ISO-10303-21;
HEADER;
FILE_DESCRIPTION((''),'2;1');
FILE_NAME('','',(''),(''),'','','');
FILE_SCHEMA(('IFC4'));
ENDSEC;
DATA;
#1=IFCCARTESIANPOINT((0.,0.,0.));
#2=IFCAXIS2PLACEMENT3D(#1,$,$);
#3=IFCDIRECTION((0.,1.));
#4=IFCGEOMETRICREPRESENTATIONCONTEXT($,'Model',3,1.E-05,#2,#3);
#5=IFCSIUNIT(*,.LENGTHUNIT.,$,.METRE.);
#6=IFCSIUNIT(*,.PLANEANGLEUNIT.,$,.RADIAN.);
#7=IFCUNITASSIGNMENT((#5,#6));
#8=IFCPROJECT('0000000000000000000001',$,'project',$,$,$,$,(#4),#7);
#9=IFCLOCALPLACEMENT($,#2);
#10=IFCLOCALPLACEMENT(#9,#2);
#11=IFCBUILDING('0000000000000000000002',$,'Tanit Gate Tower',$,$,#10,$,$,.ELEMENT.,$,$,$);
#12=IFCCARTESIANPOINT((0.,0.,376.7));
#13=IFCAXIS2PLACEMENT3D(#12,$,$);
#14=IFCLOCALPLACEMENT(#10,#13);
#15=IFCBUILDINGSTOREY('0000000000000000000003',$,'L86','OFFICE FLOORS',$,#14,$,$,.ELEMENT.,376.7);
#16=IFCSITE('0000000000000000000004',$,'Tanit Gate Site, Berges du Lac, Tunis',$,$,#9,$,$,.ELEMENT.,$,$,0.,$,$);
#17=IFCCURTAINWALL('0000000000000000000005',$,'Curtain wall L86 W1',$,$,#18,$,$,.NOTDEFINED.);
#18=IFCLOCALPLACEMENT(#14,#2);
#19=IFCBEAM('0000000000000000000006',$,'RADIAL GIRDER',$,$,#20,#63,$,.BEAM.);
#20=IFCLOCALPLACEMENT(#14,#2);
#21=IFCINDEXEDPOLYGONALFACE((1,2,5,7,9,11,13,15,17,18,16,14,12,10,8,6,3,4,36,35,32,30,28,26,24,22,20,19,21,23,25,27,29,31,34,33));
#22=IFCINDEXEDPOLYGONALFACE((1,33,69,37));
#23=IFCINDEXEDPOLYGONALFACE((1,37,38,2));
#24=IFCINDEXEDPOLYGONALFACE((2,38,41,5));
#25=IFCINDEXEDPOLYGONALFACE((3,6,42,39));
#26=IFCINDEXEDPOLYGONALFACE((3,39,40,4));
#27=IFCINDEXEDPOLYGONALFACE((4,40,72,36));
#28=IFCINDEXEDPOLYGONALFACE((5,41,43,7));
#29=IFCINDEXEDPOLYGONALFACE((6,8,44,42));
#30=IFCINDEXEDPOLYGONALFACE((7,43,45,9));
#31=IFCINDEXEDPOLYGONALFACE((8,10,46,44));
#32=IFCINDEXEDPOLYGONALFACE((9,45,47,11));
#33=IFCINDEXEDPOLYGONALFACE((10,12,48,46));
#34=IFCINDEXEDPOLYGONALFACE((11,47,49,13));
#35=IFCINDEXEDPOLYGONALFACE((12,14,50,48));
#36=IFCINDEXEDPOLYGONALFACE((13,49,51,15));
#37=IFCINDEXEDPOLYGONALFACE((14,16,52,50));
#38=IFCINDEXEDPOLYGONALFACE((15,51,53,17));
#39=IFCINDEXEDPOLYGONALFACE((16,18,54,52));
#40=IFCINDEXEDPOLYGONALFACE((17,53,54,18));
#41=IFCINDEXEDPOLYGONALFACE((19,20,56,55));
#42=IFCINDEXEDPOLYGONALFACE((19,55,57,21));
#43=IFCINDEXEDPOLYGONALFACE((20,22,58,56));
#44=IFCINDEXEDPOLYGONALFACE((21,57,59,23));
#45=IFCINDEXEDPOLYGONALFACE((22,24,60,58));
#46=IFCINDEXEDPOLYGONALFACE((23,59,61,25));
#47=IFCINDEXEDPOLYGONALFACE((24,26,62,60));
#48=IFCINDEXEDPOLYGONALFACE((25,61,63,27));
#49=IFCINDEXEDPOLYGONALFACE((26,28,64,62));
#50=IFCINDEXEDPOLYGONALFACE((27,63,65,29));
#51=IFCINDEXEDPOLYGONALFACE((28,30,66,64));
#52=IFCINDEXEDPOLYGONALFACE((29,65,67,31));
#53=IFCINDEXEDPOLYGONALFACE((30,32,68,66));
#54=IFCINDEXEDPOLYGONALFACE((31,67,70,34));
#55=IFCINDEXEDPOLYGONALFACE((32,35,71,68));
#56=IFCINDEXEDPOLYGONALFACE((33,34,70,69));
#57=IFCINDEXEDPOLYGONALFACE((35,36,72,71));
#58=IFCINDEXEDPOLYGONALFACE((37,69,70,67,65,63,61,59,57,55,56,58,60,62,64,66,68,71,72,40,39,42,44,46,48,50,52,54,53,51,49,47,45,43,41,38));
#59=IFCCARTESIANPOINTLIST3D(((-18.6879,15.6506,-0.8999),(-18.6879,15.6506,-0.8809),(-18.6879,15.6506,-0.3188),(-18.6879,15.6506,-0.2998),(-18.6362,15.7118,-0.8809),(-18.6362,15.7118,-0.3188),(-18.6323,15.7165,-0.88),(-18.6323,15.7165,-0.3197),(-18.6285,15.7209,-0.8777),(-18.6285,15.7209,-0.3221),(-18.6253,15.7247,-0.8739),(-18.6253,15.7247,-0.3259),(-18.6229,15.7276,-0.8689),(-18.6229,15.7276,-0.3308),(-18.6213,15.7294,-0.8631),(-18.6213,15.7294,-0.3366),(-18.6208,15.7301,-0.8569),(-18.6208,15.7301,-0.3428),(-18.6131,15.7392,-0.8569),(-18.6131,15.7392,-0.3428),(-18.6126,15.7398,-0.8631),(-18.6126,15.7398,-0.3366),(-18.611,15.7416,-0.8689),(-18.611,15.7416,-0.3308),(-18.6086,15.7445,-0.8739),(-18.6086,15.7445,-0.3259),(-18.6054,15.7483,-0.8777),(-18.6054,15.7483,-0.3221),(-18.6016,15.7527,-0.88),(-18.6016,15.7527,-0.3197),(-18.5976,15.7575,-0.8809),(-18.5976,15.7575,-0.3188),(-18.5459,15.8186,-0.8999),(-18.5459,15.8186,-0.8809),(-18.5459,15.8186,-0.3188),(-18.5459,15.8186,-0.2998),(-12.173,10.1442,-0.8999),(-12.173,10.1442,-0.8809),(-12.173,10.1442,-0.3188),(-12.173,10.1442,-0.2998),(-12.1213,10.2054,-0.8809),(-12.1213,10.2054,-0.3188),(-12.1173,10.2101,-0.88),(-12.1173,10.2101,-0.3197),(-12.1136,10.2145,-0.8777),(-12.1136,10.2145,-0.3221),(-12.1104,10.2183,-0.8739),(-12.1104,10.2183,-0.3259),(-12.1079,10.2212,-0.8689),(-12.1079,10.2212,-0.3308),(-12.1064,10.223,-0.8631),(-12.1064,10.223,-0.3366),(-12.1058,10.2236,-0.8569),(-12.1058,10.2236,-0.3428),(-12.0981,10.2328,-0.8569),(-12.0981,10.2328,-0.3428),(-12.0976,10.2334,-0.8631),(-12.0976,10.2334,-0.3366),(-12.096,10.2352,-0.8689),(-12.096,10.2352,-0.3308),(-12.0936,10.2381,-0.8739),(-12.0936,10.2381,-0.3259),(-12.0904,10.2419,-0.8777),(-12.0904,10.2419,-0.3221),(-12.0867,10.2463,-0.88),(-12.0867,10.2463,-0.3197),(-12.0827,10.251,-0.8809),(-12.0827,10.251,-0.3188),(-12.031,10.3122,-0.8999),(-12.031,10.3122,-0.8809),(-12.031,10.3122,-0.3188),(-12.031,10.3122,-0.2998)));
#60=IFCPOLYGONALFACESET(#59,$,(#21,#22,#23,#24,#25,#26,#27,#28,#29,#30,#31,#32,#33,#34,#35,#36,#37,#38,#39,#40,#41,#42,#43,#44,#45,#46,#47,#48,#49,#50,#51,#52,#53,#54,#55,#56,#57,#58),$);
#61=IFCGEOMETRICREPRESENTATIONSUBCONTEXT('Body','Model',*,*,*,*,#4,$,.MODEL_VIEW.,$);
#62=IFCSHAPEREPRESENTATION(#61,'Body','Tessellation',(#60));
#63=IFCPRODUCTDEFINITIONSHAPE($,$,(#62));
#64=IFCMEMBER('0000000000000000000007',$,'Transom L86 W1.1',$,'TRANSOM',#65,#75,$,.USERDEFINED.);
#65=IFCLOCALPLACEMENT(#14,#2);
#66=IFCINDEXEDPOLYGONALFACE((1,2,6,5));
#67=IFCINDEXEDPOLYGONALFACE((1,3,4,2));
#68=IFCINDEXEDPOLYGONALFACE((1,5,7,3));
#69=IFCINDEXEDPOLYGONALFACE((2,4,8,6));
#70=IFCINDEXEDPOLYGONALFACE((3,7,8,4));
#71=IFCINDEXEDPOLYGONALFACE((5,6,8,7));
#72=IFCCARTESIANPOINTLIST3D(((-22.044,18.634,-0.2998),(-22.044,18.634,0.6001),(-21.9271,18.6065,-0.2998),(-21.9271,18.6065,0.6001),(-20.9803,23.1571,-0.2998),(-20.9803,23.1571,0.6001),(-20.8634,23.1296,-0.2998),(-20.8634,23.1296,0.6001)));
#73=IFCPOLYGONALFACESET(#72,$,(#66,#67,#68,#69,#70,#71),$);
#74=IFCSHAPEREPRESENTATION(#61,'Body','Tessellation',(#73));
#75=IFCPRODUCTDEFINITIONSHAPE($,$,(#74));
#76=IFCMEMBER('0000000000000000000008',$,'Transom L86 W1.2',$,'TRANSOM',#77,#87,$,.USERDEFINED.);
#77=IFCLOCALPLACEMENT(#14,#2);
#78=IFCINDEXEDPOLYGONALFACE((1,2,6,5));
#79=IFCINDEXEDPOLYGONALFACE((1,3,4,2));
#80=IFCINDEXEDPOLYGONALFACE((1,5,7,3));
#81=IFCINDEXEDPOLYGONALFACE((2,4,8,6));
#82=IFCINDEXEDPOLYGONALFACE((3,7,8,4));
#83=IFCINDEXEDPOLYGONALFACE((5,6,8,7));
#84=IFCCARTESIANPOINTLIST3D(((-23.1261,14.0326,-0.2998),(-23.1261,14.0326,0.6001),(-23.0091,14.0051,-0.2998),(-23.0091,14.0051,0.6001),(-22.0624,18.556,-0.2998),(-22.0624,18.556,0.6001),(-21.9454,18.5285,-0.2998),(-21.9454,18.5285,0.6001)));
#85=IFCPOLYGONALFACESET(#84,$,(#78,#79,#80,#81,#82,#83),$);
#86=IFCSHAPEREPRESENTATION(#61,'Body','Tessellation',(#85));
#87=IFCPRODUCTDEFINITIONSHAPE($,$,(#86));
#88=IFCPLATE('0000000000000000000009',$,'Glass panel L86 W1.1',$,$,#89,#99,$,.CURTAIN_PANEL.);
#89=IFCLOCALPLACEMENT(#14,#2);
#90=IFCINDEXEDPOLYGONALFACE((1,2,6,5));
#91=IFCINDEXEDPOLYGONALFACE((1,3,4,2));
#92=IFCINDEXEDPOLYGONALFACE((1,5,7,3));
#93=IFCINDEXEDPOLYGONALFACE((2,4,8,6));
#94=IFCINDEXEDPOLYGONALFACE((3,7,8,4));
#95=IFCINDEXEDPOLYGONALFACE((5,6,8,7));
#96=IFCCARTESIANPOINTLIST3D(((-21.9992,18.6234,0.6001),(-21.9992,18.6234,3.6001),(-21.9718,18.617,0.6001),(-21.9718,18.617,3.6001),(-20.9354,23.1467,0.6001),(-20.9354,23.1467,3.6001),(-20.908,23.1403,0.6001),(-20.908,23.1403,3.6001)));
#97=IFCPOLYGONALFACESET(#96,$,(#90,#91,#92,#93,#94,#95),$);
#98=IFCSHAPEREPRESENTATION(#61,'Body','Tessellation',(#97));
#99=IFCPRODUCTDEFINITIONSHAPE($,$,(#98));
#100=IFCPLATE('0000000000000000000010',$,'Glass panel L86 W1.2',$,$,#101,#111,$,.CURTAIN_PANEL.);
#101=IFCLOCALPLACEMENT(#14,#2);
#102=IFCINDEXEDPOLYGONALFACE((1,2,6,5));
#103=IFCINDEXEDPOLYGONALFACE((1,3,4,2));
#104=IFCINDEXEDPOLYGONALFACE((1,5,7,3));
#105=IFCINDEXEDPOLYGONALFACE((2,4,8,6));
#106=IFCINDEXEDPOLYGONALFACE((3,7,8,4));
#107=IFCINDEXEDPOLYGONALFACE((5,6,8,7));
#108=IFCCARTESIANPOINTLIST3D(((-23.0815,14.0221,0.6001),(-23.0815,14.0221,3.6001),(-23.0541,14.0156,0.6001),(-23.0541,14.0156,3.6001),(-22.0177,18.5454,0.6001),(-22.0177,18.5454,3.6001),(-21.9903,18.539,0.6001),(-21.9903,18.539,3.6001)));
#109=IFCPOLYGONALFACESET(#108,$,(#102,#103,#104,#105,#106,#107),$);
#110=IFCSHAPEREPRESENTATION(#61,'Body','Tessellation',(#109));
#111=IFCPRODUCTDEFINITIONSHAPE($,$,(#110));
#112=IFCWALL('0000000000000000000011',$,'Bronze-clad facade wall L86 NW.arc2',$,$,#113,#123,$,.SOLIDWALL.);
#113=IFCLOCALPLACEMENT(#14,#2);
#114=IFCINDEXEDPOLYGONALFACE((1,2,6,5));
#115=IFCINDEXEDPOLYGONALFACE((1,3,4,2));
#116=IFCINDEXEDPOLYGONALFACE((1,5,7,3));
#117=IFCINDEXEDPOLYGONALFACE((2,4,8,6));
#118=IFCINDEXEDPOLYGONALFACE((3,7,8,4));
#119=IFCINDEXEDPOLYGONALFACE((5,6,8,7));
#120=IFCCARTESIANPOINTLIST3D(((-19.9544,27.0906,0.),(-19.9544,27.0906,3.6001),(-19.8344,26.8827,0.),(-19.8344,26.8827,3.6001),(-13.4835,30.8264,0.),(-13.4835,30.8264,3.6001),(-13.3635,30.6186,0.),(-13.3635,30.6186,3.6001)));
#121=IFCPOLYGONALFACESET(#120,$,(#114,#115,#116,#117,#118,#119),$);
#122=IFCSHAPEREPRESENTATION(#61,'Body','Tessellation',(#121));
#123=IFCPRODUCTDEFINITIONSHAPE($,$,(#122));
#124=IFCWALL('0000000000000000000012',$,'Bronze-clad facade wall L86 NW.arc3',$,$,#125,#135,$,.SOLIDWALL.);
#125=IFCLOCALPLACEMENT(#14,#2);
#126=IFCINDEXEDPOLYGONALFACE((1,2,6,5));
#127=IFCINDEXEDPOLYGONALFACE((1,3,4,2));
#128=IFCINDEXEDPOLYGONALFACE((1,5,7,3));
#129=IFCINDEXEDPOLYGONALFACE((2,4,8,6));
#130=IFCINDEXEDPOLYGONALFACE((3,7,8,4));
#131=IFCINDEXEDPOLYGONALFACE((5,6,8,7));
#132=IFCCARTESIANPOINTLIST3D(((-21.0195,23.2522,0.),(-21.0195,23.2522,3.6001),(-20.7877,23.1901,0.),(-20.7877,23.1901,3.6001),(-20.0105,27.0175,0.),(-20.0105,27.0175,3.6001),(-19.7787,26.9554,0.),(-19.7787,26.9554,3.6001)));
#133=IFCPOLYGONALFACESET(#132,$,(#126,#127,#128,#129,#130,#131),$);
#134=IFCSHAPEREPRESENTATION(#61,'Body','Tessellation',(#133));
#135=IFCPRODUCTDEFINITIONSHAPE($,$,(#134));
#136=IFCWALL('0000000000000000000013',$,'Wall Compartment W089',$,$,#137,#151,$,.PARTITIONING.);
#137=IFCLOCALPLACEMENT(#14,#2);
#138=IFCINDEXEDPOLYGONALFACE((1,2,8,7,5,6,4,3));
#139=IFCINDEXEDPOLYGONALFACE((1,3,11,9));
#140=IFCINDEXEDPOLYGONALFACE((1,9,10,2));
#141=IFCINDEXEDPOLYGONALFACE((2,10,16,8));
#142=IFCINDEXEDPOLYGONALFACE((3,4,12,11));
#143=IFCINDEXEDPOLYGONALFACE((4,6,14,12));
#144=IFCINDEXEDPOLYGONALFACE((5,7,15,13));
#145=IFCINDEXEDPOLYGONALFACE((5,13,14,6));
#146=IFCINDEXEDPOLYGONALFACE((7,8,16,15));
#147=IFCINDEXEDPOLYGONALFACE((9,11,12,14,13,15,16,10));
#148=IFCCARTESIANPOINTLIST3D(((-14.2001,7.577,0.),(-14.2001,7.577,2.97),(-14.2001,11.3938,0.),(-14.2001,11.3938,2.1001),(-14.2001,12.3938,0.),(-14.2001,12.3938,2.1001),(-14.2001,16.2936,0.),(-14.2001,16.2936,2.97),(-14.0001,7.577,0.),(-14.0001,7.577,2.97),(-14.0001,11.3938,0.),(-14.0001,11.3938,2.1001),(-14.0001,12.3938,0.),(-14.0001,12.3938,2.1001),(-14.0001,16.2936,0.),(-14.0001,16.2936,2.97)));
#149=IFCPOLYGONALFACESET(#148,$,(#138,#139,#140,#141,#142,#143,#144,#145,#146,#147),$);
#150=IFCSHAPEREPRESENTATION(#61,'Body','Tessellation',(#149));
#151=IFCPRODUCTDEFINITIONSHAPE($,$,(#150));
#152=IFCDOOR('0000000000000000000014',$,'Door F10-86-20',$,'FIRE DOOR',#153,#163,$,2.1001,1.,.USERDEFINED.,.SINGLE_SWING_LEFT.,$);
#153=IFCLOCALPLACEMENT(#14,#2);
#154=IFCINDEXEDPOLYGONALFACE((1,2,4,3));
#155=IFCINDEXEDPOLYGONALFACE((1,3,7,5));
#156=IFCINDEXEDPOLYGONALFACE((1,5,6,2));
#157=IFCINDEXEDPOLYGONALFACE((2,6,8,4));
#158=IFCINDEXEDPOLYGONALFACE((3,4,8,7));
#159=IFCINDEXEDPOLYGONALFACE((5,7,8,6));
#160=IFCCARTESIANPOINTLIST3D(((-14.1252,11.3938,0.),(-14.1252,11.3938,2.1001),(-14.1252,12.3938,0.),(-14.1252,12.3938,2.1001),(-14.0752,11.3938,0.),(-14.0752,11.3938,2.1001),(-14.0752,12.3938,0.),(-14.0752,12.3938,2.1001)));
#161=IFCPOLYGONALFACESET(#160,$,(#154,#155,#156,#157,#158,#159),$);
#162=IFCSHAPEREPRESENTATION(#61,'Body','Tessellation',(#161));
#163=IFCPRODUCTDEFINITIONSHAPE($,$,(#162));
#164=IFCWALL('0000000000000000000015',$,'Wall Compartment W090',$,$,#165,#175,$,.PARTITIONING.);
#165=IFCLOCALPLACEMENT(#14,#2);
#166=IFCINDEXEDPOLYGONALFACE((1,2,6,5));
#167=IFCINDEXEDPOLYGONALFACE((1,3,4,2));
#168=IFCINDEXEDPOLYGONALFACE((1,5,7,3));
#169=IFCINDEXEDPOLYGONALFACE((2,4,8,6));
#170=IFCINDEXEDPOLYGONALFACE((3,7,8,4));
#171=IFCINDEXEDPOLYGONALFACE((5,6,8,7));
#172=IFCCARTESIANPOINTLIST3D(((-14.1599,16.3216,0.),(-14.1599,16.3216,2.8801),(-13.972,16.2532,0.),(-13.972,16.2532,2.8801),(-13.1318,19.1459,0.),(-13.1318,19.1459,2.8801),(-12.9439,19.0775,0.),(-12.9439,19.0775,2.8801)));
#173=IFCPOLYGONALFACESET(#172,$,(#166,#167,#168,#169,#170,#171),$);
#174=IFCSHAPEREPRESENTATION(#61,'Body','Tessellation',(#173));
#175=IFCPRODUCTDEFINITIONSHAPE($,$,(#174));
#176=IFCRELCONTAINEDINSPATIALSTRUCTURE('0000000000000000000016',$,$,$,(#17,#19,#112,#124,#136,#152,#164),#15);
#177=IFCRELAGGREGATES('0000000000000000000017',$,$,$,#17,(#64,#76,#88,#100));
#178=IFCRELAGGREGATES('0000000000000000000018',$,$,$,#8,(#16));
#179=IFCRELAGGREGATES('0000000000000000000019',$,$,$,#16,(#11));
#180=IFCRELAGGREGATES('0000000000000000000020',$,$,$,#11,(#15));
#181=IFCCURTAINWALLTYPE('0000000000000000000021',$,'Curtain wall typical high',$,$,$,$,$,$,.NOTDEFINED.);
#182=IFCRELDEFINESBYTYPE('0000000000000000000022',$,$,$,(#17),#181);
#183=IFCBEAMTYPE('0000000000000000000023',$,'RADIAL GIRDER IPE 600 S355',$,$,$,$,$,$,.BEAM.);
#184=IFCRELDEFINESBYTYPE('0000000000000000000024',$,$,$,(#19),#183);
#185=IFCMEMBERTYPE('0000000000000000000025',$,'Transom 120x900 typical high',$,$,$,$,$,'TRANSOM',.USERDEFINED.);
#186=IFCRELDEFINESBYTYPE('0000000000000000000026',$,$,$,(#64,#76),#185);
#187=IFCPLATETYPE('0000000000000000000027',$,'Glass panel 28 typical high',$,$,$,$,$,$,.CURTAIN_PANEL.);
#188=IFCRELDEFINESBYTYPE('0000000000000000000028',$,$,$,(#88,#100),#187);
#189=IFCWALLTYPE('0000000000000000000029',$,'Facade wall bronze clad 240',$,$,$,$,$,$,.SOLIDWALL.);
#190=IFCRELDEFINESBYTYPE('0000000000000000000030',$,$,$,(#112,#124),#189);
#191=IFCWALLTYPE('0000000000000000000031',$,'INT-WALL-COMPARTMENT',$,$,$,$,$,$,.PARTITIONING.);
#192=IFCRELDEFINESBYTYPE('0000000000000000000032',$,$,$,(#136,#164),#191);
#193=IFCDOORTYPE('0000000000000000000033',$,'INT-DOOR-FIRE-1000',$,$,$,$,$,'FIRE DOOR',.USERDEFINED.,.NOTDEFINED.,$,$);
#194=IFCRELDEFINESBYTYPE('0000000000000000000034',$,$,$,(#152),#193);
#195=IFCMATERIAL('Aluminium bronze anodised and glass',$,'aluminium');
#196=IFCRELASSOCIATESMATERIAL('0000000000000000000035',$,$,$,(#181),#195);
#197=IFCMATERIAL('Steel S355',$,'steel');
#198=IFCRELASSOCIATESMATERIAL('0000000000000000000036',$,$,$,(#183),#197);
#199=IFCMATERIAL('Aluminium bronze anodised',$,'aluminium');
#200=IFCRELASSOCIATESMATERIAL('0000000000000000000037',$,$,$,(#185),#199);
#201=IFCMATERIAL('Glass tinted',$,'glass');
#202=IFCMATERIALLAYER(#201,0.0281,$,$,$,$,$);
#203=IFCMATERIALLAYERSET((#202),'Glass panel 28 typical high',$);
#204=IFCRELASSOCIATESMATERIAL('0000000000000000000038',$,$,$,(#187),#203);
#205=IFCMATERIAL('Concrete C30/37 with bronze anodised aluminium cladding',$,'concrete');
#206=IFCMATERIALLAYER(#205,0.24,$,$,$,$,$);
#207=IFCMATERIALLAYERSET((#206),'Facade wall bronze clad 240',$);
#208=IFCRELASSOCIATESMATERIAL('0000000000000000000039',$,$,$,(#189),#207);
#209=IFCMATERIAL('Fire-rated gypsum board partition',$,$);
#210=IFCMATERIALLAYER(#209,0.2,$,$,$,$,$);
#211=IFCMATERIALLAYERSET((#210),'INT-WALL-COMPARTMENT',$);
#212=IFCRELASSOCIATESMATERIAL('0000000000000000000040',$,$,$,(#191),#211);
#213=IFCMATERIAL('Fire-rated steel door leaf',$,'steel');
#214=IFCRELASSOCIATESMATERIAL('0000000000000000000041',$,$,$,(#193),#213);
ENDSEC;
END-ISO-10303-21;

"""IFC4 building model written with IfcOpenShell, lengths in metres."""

from ifc_helpers import new_model, si_unit, direction, frame, frame_2d, origin, origin_2d, place, context, subcontext, project, spatial, rectangle, i_section, extrude, material, layer, layer_set, material_profile, profile_set, type_object, element, fill, aggregate, save


model = new_model("IFC4")

# Units and contexts
model_context = context("Model", 3, precision=1e-05, world=origin(), true_north=direction((0.0, 1.0)))
body_context = subcontext(model_context, "Body", "Model", "MODEL_VIEW")
ifc_project = project(units=[si_unit("LENGTHUNIT", "METRE"), si_unit("PLANEANGLEUNIT", "RADIAN")], contexts=[model_context])

# Site, building, storey
site_placement = place(None, origin())
site = spatial("IfcSite", under=ifc_project, at=site_placement, Name="Tanit Gate Site, Berges du Lac, Tunis", CompositionType="ELEMENT", RefElevation=0.0)
building_placement = place(site_placement, origin())
building = spatial("IfcBuilding", under=site, at=building_placement, Name="Tanit Gate Tower", CompositionType="ELEMENT")
storey_placement = place(building_placement, frame((0.0, 0.0, 376.7)))
storey = spatial("IfcBuildingStorey", under=building, at=storey_placement, Name="L86", Description="OFFICE FLOORS", CompositionType="ELEMENT", Elevation=376.7)

# Curtain wall
ifc_material_1 = material(Name="Aluminium bronze anodised and glass", Category="aluminium")
curtain_wall_type = type_object("IfcCurtainWallType", Name="Curtain wall typical high", PredefinedType="NOTDEFINED", material=ifc_material_1)
curtain_wall_placement = place(storey_placement, origin())
curtain_wall = element("IfcCurtainWall", 1, at=curtain_wall_placement, inside=storey, type_object=curtain_wall_type, Name="Curtain wall L86 W1", PredefinedType="NOTDEFINED")

# Beam
ifc_material_2 = material(Name="Steel S355", Category="steel")
ifc_material_profile_1 = material_profile(ifc_material_2, i_section(OverallWidth=0.22, OverallDepth=0.6001, WebThickness=0.012, FlangeThickness=0.019, FilletRadius=0.0239, at=origin_2d()), Name="IPE 600")
ifc_profile_set_1 = profile_set([ifc_material_profile_1], Name="Steel S355")
beam_type_1 = type_object("IfcBeamType", Name="RADIAL GIRDER IPE 600 S355", PredefinedType="BEAM", material=ifc_profile_set_1)
beam_1_placement = place(storey_placement, frame((-18.6169, 15.7346, -0.5999), z_axis=(0.763748, -0.645515, 0.0), x_axis=(0.645515, 0.763748, 0.0)))
element("IfcBeam", 2, at=beam_1_placement, inside=storey, type_object=beam_type_1, Name="RADIAL GIRDER", PredefinedType="BEAM", context=body_context, shape_type="SweptSolid", body=[
    extrude(i_section(OverallWidth=0.22, OverallDepth=0.6001, WebThickness=0.012, FlangeThickness=0.019, FilletRadius=0.0239, at=origin_2d()), origin(), (0.0, 0.0, 1.0), 8.5303),
])

# Members
ifc_material_3 = material(Name="Aluminium bronze anodised", Category="aluminium")
ifc_material_profile_2 = material_profile(ifc_material_3, rectangle(XDim=0.1201, YDim=0.8999, at=origin_2d()), Name="120x900 bronze transom")
ifc_profile_set_2 = profile_set([ifc_material_profile_2], Name="Aluminium bronze anodised")
member_type_1 = type_object("IfcMemberType", Name="Transom 120x900 typical high", ElementType="TRANSOM", PredefinedType="USERDEFINED", material=ifc_profile_set_2)
member_1_placement = place(storey_placement, frame((-20.9219, 23.1433, 0.1501), z_axis=(-0.228925, -0.973444, 0.0), x_axis=(0.973444, -0.228925, 0.0)))
member_1 = element("IfcMember", 3, at=member_1_placement, type_object=member_type_1, Name="Transom L86 W1.1", ObjectType="TRANSOM", PredefinedType="USERDEFINED", context=body_context, shape_type="SweptSolid", body=[
    extrude(rectangle(XDim=0.1201, YDim=0.8999, at=origin_2d()), origin(), (0.0, 0.0, 1.0), 4.6465),
])
member_2_placement = place(storey_placement, frame((-22.0039, 18.5422, 0.1501), z_axis=(-0.228913, -0.973447, 0.0), x_axis=(0.973447, -0.228913, 0.0)))
member_2 = element("IfcMember", 4, at=member_2_placement, type_object=member_type_1, Name="Transom L86 W1.2", ObjectType="TRANSOM", PredefinedType="USERDEFINED", context=body_context, shape_type="SweptSolid", body=[
    extrude(rectangle(XDim=0.1201, YDim=0.8999, at=origin_2d()), origin(), (0.0, 0.0, 1.0), 4.6467),
])

# Plates
ifc_material_4 = material(Name="Glass tinted", Category="glass")
ifc_layer_1 = layer(ifc_material_4, 0.0281)
ifc_layer_set_1 = layer_set([ifc_layer_1], Name="Glass panel 28 typical high")
plate_type = type_object("IfcPlateType", Name="Glass panel 28 typical high", PredefinedType="CURTAIN_PANEL", material=ifc_layer_set_1)
plate_1_placement = place(storey_placement, frame((-21.4536, 20.8818, 0.6001), z_axis=(0.0, 0.0, 1.0), x_axis=(-0.228936, -0.973441, 0.0)))
plate_1 = element("IfcPlate", 5, at=plate_1_placement, type_object=plate_type, Name="Glass panel L86 W1.1", PredefinedType="CURTAIN_PANEL", context=body_context, shape_type="SweptSolid", body=[
    extrude(rectangle(XDim=4.6467, YDim=0.0281, at=origin_2d()), origin(), (0.0, 0.0, 1.0), 3.0),
])
plate_2_placement = place(storey_placement, frame((-22.5359, 16.2805, 0.6001), z_axis=(0.0, 0.0, 1.0), x_axis=(-0.228936, -0.973441, 0.0)))
plate_2 = element("IfcPlate", 6, at=plate_2_placement, type_object=plate_type, Name="Glass panel L86 W1.2", PredefinedType="CURTAIN_PANEL", context=body_context, shape_type="SweptSolid", body=[
    extrude(rectangle(XDim=4.6467, YDim=0.0281, at=origin_2d()), origin(), (0.0, 0.0, 1.0), 3.0),
])
aggregate(curtain_wall, [member_1, member_2, plate_1, plate_2])

# Walls
ifc_material_5 = material(Name="Concrete C30/37 with bronze anodised aluminium cladding", Category="concrete")
ifc_layer_2 = layer(ifc_material_5, 0.24)
ifc_layer_set_2 = layer_set([ifc_layer_2], Name="Facade wall bronze clad 240")
wall_type_1 = type_object("IfcWallType", Name="Facade wall bronze clad 240", PredefinedType="SOLIDWALL", material=ifc_layer_set_2)
wall_1_placement = place(storey_placement, frame((-13.4236, 30.7224, 0.0), z_axis=(0.0, 0.0, 1.0), x_axis=(-0.866035, -0.499984, 0.0)))
element("IfcWall", 7, at=wall_1_placement, inside=storey, type_object=wall_type_1, Name="Bronze-clad facade wall L86 NW.arc2", PredefinedType="SOLIDWALL", context=body_context, shape_type="SweptSolid", body=[
    extrude(rectangle(XDim=7.4719, YDim=0.24, at=frame_2d((3.7358, 0.0))), origin(), (0.0, 0.0, 1.0), 3.6001),
])
wall_2_placement = place(storey_placement, frame((-19.8945, 26.9866, 0.0), z_axis=(0.0, 0.0, 1.0), x_axis=(-0.258844, -0.965919, 0.0)))
element("IfcWall", 8, at=wall_2_placement, inside=storey, type_object=wall_type_1, Name="Bronze-clad facade wall L86 NW.arc3", PredefinedType="SOLIDWALL", context=body_context, shape_type="SweptSolid", body=[
    extrude(rectangle(XDim=3.8982, YDim=0.24, at=frame_2d((1.9492, 0.0))), origin(), (0.0, 0.0, 1.0), 3.6001),
])

# Wall, opening, door
ifc_material_6 = material(Name="Fire-rated gypsum board partition")
ifc_layer_3 = layer(ifc_material_6, 0.2)
ifc_layer_set_3 = layer_set([ifc_layer_3], Name="INT-WALL-COMPARTMENT")
wall_type_2 = type_object("IfcWallType", Name="INT-WALL-COMPARTMENT", PredefinedType="PARTITIONING", material=ifc_layer_set_3)
wall_3_placement = place(storey_placement, frame((-14.1001, 16.2937, 0.0), z_axis=(0.0, 0.0, 1.0), x_axis=(0.0, -1.0, 0.0)))
wall_3 = element("IfcWall", 9, at=wall_3_placement, inside=storey, type_object=wall_type_2, Name="Wall Compartment W089", PredefinedType="PARTITIONING", context=body_context, shape_type="SweptSolid", body=[
    extrude(rectangle(XDim=8.7166, YDim=0.2, at=frame_2d((4.3584, 0.0))), origin(), (0.0, 0.0, 1.0), 2.97),
])
opening_placement = place(wall_3_placement, frame((3.8999, 0.0, 0.0)))
opening = element("IfcOpeningElement", 10, at=opening_placement, cuts=wall_3, PredefinedType="OPENING", context=body_context, shape_type="SweptSolid", body=[
    extrude(rectangle(XDim=1.0, YDim=2.1001, at=frame_2d((0.5, 1.05))), frame((0.0, 0.1099, 0.0), z_axis=(0.0, -1.0, 0.0), x_axis=(1.0, 0.0, 0.0)), (0.0, 0.0, 1.0), 0.22),
])
ifc_material_7 = material(Name="Fire-rated steel door leaf", Category="steel")
door_type = type_object("IfcDoorType", Name="INT-DOOR-FIRE-1000", ElementType="FIRE DOOR", OperationType="NOTDEFINED", PredefinedType="USERDEFINED", material=ifc_material_7)
door_placement = place(opening_placement, origin())
door = element("IfcDoor", 11, at=door_placement, inside=storey, type_object=door_type, Name="Door F10-86-20", ObjectType="FIRE DOOR", OperationType="SINGLE_SWING_LEFT", OverallHeight=2.1001, OverallWidth=1.0, PredefinedType="USERDEFINED", context=body_context, shape_type="SweptSolid", body=[
    extrude(rectangle(XDim=1.0, YDim=2.1001, at=frame_2d((0.5, 1.05))), frame((0.0, 0.0249, 0.0), z_axis=(0.0, -1.0, 0.0), x_axis=(1.0, 0.0, 0.0)), (0.0, 0.0, 1.0), 0.05),
])
fill(opening, door)

# Wall
wall_4_placement = place(storey_placement, frame((-13.0378, 19.1118, 0.0), z_axis=(0.0, 0.0, 1.0), x_axis=(-0.342063, -0.939677, 0.0)))
element("IfcWall", 12, at=wall_4_placement, inside=storey, type_object=wall_type_2, Name="Wall Compartment W090", PredefinedType="PARTITIONING", context=body_context, shape_type="SweptSolid", body=[
    extrude(rectangle(XDim=3.0056, YDim=0.2, at=frame_2d((1.5029, 0.0))), origin(), (0.0, 0.0, 1.0), 2.8801),
])

save(model, "model.ifc")
